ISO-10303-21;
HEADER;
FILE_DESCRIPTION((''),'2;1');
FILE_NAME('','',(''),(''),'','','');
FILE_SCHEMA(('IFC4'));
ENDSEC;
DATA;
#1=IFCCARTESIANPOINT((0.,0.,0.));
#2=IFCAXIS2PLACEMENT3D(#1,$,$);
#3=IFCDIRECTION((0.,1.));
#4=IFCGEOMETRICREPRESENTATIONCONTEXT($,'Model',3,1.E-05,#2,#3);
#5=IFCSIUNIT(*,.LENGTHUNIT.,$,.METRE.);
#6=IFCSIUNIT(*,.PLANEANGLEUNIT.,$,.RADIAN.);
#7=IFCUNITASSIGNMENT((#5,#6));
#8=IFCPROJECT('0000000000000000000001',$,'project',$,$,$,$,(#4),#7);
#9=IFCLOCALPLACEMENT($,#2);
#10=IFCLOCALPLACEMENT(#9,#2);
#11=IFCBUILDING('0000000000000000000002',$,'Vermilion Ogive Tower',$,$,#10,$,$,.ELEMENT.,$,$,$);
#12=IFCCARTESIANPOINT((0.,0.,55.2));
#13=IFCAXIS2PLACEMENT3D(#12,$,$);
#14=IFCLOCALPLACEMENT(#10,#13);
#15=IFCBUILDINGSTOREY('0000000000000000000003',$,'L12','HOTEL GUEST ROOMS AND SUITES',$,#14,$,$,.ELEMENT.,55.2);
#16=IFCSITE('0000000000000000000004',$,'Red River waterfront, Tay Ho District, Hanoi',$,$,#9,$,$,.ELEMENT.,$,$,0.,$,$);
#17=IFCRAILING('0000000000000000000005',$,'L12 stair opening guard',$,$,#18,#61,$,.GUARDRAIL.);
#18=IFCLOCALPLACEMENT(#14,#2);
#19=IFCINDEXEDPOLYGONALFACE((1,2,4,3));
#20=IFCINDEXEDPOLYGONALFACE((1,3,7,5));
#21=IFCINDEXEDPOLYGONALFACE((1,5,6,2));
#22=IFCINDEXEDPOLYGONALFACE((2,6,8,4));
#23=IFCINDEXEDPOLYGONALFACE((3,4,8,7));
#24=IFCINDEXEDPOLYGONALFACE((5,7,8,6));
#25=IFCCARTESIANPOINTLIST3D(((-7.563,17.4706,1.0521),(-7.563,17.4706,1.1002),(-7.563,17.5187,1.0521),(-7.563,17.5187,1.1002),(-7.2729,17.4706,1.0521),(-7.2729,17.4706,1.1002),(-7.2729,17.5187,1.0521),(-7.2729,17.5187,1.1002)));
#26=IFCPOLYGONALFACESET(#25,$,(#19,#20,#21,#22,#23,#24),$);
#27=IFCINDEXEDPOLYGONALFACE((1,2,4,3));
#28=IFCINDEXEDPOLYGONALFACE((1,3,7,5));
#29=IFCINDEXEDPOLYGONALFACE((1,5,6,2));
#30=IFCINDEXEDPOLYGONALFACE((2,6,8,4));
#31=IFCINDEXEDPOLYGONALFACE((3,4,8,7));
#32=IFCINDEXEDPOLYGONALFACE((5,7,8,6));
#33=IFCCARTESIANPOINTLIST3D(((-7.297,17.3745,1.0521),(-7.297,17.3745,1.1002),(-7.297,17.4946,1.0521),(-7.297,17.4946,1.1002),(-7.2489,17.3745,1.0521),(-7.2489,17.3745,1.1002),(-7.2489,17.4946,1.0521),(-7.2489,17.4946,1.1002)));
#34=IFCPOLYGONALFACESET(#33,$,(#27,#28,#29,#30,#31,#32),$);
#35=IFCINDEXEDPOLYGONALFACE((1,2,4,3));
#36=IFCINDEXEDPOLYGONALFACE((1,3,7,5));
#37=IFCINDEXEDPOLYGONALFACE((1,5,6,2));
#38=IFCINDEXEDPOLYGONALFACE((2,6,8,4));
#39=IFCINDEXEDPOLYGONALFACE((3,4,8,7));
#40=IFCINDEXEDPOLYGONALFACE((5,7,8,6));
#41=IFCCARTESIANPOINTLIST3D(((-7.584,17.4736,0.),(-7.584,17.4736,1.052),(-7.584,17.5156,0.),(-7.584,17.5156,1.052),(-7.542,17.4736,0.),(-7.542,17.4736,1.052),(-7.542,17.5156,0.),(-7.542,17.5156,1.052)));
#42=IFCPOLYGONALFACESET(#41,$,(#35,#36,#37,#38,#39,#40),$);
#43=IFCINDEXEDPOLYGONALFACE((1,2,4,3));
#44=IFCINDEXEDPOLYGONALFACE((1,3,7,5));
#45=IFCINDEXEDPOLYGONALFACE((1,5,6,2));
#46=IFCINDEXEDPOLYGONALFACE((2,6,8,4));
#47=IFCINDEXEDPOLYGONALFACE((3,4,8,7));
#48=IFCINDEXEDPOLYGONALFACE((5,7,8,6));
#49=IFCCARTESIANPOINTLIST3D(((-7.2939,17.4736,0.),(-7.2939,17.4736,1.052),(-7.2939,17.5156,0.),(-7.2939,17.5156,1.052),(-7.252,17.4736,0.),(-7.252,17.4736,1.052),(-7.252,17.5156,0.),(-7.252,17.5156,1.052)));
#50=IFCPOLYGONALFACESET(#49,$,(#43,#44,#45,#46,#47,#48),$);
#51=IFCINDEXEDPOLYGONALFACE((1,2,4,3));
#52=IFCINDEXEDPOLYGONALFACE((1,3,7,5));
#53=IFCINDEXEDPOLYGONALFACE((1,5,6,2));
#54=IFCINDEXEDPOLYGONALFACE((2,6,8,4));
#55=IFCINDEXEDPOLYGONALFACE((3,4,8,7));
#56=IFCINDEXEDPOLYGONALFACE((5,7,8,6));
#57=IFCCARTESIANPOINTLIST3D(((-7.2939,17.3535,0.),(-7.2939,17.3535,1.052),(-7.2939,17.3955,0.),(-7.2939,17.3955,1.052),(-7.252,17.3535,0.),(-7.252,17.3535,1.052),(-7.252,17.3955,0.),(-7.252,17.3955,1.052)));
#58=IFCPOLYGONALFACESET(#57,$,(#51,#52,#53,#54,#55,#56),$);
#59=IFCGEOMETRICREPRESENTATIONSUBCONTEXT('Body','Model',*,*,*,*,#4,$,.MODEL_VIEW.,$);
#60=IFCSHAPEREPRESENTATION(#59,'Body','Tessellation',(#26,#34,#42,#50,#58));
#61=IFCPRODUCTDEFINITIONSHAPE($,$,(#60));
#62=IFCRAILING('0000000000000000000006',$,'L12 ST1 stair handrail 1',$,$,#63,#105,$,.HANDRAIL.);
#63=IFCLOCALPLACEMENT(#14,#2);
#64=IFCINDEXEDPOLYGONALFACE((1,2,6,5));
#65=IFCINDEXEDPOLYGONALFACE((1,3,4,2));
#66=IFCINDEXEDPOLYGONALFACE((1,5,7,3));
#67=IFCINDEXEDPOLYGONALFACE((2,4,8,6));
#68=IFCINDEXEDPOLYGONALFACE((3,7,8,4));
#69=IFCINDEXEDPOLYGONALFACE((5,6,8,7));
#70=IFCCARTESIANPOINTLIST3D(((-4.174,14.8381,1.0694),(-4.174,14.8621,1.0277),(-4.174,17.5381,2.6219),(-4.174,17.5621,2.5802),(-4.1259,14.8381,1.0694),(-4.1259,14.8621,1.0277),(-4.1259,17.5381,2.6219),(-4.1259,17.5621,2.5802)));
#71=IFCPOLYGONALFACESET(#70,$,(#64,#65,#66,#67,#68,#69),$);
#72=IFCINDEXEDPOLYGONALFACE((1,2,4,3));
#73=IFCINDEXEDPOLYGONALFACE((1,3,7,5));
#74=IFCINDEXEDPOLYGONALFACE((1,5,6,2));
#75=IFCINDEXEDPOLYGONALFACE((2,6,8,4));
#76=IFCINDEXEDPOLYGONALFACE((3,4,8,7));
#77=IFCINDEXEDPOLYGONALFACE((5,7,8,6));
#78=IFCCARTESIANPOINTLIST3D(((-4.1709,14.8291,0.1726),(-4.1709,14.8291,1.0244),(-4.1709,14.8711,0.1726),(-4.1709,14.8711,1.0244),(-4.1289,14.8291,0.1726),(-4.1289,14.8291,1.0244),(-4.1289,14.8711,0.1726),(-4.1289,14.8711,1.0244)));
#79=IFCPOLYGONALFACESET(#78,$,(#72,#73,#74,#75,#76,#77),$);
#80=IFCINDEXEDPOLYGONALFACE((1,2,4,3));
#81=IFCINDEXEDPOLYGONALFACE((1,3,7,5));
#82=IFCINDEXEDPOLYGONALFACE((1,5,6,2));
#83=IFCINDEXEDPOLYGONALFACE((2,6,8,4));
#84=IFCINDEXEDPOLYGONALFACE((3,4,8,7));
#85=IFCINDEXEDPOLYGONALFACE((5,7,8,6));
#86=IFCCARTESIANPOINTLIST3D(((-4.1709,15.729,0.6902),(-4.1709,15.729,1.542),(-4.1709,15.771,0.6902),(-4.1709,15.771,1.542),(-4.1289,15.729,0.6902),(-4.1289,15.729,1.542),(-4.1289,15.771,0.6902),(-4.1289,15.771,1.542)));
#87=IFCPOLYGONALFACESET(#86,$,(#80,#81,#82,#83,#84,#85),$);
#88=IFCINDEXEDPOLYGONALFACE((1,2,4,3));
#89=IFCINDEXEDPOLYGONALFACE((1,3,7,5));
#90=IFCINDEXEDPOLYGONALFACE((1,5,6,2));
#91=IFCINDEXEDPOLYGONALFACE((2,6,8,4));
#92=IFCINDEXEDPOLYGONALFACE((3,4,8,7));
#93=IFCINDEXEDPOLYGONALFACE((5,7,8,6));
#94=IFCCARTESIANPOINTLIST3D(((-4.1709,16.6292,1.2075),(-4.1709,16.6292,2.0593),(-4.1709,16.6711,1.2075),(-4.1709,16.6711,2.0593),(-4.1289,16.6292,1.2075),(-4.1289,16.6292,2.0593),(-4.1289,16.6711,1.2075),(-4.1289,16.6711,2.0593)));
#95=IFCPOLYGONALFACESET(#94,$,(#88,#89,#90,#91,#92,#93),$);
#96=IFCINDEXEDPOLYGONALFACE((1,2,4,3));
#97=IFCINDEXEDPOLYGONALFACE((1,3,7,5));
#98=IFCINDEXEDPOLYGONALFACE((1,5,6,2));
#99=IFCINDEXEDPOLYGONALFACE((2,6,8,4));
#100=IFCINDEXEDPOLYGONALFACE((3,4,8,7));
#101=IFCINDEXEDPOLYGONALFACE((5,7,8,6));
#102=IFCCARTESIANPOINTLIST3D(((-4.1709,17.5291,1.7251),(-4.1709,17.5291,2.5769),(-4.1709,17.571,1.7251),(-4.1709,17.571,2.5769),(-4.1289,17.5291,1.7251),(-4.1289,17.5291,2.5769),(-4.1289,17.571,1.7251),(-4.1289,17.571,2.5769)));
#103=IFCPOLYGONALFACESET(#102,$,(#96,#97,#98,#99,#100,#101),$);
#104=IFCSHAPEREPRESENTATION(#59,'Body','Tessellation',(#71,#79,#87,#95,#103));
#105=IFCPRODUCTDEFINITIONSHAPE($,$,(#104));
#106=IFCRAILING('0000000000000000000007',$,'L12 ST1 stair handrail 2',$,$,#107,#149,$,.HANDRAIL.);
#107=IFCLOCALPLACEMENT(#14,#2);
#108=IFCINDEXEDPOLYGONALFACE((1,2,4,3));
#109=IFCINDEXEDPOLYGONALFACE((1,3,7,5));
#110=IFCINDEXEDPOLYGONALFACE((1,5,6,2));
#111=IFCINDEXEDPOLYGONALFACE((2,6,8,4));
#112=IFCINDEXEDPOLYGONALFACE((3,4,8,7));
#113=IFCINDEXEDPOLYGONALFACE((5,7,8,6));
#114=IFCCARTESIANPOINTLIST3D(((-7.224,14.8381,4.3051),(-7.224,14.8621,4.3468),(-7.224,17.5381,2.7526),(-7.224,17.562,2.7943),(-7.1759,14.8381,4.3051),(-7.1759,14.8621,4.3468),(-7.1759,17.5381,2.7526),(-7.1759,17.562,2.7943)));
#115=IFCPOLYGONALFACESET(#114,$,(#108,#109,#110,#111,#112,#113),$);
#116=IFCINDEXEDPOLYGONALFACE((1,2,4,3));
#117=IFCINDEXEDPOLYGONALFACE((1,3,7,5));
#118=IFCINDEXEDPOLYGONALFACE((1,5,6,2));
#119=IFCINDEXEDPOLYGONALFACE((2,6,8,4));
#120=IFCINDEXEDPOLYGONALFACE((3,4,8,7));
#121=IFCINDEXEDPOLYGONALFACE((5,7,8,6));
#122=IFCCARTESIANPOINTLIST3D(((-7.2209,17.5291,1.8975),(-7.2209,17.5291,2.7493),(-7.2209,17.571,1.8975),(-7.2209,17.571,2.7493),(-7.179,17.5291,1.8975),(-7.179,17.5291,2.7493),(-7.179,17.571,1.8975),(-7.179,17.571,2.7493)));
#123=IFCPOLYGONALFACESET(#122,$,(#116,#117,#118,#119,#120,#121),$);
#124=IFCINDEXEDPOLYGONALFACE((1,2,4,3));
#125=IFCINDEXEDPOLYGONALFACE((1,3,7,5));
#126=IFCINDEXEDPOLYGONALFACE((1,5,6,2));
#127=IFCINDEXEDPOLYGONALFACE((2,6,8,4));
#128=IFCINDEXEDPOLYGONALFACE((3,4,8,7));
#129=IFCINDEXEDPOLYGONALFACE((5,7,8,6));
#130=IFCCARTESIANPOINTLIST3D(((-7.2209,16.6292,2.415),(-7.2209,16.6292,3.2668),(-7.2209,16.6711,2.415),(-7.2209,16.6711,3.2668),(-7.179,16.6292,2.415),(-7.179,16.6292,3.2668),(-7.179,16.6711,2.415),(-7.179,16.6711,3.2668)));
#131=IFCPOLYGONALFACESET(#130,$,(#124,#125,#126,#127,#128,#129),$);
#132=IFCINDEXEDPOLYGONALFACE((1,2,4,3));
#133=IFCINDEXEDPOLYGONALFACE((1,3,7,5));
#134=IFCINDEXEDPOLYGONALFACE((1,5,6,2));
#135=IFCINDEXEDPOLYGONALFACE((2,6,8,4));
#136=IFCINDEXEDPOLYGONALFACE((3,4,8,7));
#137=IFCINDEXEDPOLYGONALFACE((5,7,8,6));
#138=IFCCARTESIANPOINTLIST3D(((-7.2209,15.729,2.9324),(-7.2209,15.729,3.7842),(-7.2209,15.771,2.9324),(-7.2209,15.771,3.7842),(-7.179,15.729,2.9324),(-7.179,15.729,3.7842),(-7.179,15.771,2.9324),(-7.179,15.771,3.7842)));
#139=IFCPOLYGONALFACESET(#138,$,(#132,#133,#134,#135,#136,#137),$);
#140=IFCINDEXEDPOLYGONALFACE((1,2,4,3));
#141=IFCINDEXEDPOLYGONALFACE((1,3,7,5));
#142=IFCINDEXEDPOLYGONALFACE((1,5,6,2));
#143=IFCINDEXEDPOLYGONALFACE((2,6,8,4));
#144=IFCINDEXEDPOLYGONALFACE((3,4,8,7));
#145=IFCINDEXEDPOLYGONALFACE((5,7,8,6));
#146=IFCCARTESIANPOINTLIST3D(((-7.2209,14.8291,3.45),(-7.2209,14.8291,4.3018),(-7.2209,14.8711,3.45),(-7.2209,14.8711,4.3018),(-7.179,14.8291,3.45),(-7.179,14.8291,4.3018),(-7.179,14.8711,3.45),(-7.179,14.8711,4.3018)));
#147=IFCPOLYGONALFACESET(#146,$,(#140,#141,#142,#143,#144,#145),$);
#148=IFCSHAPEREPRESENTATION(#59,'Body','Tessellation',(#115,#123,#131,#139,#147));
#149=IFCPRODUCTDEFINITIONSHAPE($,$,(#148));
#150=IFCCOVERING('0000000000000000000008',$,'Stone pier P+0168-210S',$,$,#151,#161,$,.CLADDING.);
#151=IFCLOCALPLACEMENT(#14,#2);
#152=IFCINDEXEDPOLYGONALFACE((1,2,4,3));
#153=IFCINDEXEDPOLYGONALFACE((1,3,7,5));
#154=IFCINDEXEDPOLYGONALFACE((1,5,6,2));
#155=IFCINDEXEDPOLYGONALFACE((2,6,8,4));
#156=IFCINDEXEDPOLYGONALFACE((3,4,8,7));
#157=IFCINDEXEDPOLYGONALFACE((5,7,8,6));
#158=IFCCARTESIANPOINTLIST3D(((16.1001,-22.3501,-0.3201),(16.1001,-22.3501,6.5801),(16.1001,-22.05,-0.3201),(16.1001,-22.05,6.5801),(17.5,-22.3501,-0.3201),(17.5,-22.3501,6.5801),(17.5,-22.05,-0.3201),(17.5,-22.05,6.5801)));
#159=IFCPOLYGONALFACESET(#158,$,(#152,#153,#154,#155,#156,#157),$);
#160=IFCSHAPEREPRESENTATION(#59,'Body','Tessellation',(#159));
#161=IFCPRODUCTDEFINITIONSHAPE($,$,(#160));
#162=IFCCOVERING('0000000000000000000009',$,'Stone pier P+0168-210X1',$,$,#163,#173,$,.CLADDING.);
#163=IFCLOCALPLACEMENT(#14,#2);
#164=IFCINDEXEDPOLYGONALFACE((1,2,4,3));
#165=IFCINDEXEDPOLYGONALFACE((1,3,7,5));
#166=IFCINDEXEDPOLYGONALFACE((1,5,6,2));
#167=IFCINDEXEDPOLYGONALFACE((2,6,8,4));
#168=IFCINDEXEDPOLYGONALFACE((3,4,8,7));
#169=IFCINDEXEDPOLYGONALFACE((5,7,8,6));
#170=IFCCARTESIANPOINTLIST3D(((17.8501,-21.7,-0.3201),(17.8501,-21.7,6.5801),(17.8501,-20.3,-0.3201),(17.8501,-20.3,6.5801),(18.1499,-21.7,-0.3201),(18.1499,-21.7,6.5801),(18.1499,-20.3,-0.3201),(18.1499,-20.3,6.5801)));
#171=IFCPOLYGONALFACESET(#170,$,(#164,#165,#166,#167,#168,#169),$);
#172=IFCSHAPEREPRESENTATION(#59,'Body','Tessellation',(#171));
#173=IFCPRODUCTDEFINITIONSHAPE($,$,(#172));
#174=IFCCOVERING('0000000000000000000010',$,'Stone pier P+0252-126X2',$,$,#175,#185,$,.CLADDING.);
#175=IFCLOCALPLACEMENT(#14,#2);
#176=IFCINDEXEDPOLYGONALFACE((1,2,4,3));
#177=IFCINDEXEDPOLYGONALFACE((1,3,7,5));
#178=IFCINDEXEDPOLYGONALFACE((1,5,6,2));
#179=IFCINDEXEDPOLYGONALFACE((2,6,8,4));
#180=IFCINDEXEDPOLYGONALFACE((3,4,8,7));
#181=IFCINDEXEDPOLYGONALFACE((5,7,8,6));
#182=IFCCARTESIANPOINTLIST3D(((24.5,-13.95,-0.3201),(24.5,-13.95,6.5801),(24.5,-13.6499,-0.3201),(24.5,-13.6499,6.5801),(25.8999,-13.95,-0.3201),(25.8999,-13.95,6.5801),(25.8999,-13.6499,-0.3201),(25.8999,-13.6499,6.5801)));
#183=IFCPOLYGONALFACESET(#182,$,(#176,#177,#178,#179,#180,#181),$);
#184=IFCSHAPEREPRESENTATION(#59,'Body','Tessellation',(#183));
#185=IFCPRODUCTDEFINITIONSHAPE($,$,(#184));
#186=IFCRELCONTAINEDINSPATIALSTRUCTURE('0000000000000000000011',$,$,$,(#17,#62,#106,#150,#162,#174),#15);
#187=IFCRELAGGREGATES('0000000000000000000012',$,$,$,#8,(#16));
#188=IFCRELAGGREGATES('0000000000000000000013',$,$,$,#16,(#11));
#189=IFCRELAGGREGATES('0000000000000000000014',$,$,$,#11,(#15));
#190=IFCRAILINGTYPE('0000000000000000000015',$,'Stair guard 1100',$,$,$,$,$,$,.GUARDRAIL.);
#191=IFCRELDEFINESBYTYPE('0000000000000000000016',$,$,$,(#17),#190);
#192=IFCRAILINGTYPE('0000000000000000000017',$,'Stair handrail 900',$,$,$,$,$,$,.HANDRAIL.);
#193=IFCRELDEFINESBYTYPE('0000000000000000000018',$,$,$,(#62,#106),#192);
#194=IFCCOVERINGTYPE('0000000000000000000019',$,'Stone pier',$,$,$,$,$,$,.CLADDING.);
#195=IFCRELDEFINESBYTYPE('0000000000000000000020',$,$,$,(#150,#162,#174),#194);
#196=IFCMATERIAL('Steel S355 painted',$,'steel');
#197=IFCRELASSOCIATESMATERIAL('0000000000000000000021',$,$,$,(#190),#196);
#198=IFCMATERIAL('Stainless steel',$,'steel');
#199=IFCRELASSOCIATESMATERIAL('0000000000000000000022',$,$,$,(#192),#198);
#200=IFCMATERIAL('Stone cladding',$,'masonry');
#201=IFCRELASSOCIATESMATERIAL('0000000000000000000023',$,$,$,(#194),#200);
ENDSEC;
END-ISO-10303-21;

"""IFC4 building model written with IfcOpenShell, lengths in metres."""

from ifc_helpers import new_model, si_unit, direction, frame, origin, origin_2d, place, context, subcontext, project, spatial, polyline, rectangle, outline, extrude, material, type_object, element, save


model = new_model("IFC4")

# Units and contexts
model_context = context("Model", 3, precision=1e-05, world=origin(), true_north=direction((0.0, 1.0)))
body_context = subcontext(model_context, "Body", "Model", "MODEL_VIEW")
ifc_project = project(units=[si_unit("LENGTHUNIT", "METRE"), si_unit("PLANEANGLEUNIT", "RADIAN")], contexts=[model_context])

# Site, building, storey
site_placement = place(None, origin())
site = spatial("IfcSite", under=ifc_project, at=site_placement, Name="Red River waterfront, Tay Ho District, Hanoi", CompositionType="ELEMENT", RefElevation=0.0)
building_placement = place(site_placement, origin())
building = spatial("IfcBuilding", under=site, at=building_placement, Name="Vermilion Ogive Tower", CompositionType="ELEMENT")
storey_placement = place(building_placement, frame((0.0, 0.0, 55.2)))
storey = spatial("IfcBuildingStorey", under=building, at=storey_placement, Name="L12", Description="HOTEL GUEST ROOMS AND SUITES", CompositionType="ELEMENT", Elevation=55.2)

# Railings
ifc_material_1 = material(Name="Steel S355 painted", Category="steel")
railing_type_1 = type_object("IfcRailingType", Name="Stair guard 1100", PredefinedType="GUARDRAIL", material=ifc_material_1)
railing_1_placement = place(storey_placement, frame((-7.563, 17.4946, 0.0)))
element("IfcRailing", 1, at=railing_1_placement, inside=storey, type_object=railing_type_1, Name="L12 stair opening guard", PredefinedType="GUARDRAIL", context=body_context, shape_type="SweptSolid", body=[
    extrude(rectangle(XDim=0.0481, YDim=0.0481, at=origin_2d()), frame((0.0, 0.0, 1.0762), z_axis=(1.0, 0.0, 0.0), x_axis=(0.0, 1.0, 0.0)), (0.0, 0.0, 1.0), 0.29),
    extrude(rectangle(XDim=0.0481, YDim=0.0481, at=origin_2d()), frame((0.29, 0.0, 1.0762), z_axis=(0.0, -1.0, 0.0), x_axis=(1.0, 0.0, 0.0)), (0.0, 0.0, 1.0), 0.1201),
    extrude(rectangle(XDim=0.042, YDim=0.042, at=origin_2d()), origin(), (0.0, 0.0, 1.0), 1.052),
    extrude(rectangle(XDim=0.042, YDim=0.042, at=origin_2d()), frame((0.29, 0.0, 0.0)), (0.0, 0.0, 1.0), 1.052),
    extrude(rectangle(XDim=0.042, YDim=0.042, at=origin_2d()), frame((0.29, -0.1201, 0.0)), (0.0, 0.0, 1.0), 1.052),
])
ifc_material_2 = material(Name="Stainless steel", Category="steel")
railing_type_2 = type_object("IfcRailingType", Name="Stair handrail 900", PredefinedType="HANDRAIL", material=ifc_material_2)
railing_2_placement = place(storey_placement, frame((-4.1499, 14.8501, 0.1726)))
element("IfcRailing", 2, at=railing_2_placement, inside=storey, type_object=railing_type_2, Name="L12 ST1 stair handrail 1", PredefinedType="HANDRAIL", context=body_context, shape_type="SweptSolid", body=[
    extrude(rectangle(XDim=0.0481, YDim=0.0481, at=origin_2d()), frame((0.0, 0.0, 0.876), z_axis=(0.0, 0.866904, 0.498476), x_axis=(-1.0, 0.0, 0.0)), (0.0, 0.0, 1.0), 3.1145),
    extrude(rectangle(XDim=0.042, YDim=0.042, at=origin_2d()), origin(), (0.0, 0.0, 1.0), 0.8518),
    extrude(rectangle(XDim=0.042, YDim=0.042, at=origin_2d()), frame((0.0, 0.8999, 0.5176)), (0.0, 0.0, 1.0), 0.8518),
    extrude(rectangle(XDim=0.042, YDim=0.042, at=origin_2d()), frame((0.0, 1.8, 1.0349)), (0.0, 0.0, 1.0), 0.8518),
    extrude(rectangle(XDim=0.042, YDim=0.042, at=origin_2d()), frame((0.0, 2.7, 1.5525)), (0.0, 0.0, 1.0), 0.8518),
])
railing_3_placement = place(storey_placement, frame((-7.2, 17.55, 1.8975)))
element("IfcRailing", 3, at=railing_3_placement, inside=storey, type_object=railing_type_2, Name="L12 ST1 stair handrail 2", PredefinedType="HANDRAIL", context=body_context, shape_type="SweptSolid", body=[
    extrude(rectangle(XDim=0.0481, YDim=0.0481, at=origin_2d()), frame((0.0, 0.0, 0.876), z_axis=(0.0, -0.866904, 0.498476), x_axis=(1.0, 0.0, 0.0)), (0.0, 0.0, 1.0), 3.1145),
    extrude(rectangle(XDim=0.042, YDim=0.042, at=origin_2d()), origin(), (0.0, 0.0, 1.0), 0.8518),
    extrude(rectangle(XDim=0.042, YDim=0.042, at=origin_2d()), frame((0.0, -0.8999, 0.5176)), (0.0, 0.0, 1.0), 0.8518),
    extrude(rectangle(XDim=0.042, YDim=0.042, at=origin_2d()), frame((0.0, -1.8, 1.0349)), (0.0, 0.0, 1.0), 0.8518),
    extrude(rectangle(XDim=0.042, YDim=0.042, at=origin_2d()), frame((0.0, -2.7, 1.5525)), (0.0, 0.0, 1.0), 0.8518),
])

# Coverings
ifc_material_3 = material(Name="Stone cladding", Category="masonry")
covering_type = type_object("IfcCoveringType", Name="Stone pier", PredefinedType="CLADDING", material=ifc_material_3)
covering_1_placement = place(storey_placement, frame((0.0, 0.0, -0.3201)))
element("IfcCovering", 4, at=covering_1_placement, inside=storey, type_object=covering_type, Name="Stone pier P+0168-210S", PredefinedType="CLADDING", context=body_context, shape_type="SweptSolid", body=[
    extrude(outline(polyline([(17.5, -22.3501), (16.1001, -22.3501), (16.1001, -22.05), (17.5, -22.05), (17.5, -22.3501)])), origin(), (0.0, 0.0, 1.0), 6.9001),
])
covering_2_placement = place(storey_placement, frame((0.0, 0.0, -0.3201)))
element("IfcCovering", 5, at=covering_2_placement, inside=storey, type_object=covering_type, Name="Stone pier P+0168-210X1", PredefinedType="CLADDING", context=body_context, shape_type="SweptSolid", body=[
    extrude(outline(polyline([(18.1499, -21.7), (17.8501, -21.7), (17.8501, -20.3), (18.1499, -20.3), (18.1499, -21.7)])), origin(), (0.0, 0.0, 1.0), 6.9001),
])
covering_3_placement = place(storey_placement, frame((0.0, 0.0, -0.3201)))
element("IfcCovering", 6, at=covering_3_placement, inside=storey, type_object=covering_type, Name="Stone pier P+0252-126X2", PredefinedType="CLADDING", context=body_context, shape_type="SweptSolid", body=[
    extrude(outline(polyline([(25.8999, -13.95), (24.5, -13.95), (24.5, -13.6499), (25.8999, -13.6499), (25.8999, -13.95)])), origin(), (0.0, 0.0, 1.0), 6.9001),
])

save(model, "model.ifc")
